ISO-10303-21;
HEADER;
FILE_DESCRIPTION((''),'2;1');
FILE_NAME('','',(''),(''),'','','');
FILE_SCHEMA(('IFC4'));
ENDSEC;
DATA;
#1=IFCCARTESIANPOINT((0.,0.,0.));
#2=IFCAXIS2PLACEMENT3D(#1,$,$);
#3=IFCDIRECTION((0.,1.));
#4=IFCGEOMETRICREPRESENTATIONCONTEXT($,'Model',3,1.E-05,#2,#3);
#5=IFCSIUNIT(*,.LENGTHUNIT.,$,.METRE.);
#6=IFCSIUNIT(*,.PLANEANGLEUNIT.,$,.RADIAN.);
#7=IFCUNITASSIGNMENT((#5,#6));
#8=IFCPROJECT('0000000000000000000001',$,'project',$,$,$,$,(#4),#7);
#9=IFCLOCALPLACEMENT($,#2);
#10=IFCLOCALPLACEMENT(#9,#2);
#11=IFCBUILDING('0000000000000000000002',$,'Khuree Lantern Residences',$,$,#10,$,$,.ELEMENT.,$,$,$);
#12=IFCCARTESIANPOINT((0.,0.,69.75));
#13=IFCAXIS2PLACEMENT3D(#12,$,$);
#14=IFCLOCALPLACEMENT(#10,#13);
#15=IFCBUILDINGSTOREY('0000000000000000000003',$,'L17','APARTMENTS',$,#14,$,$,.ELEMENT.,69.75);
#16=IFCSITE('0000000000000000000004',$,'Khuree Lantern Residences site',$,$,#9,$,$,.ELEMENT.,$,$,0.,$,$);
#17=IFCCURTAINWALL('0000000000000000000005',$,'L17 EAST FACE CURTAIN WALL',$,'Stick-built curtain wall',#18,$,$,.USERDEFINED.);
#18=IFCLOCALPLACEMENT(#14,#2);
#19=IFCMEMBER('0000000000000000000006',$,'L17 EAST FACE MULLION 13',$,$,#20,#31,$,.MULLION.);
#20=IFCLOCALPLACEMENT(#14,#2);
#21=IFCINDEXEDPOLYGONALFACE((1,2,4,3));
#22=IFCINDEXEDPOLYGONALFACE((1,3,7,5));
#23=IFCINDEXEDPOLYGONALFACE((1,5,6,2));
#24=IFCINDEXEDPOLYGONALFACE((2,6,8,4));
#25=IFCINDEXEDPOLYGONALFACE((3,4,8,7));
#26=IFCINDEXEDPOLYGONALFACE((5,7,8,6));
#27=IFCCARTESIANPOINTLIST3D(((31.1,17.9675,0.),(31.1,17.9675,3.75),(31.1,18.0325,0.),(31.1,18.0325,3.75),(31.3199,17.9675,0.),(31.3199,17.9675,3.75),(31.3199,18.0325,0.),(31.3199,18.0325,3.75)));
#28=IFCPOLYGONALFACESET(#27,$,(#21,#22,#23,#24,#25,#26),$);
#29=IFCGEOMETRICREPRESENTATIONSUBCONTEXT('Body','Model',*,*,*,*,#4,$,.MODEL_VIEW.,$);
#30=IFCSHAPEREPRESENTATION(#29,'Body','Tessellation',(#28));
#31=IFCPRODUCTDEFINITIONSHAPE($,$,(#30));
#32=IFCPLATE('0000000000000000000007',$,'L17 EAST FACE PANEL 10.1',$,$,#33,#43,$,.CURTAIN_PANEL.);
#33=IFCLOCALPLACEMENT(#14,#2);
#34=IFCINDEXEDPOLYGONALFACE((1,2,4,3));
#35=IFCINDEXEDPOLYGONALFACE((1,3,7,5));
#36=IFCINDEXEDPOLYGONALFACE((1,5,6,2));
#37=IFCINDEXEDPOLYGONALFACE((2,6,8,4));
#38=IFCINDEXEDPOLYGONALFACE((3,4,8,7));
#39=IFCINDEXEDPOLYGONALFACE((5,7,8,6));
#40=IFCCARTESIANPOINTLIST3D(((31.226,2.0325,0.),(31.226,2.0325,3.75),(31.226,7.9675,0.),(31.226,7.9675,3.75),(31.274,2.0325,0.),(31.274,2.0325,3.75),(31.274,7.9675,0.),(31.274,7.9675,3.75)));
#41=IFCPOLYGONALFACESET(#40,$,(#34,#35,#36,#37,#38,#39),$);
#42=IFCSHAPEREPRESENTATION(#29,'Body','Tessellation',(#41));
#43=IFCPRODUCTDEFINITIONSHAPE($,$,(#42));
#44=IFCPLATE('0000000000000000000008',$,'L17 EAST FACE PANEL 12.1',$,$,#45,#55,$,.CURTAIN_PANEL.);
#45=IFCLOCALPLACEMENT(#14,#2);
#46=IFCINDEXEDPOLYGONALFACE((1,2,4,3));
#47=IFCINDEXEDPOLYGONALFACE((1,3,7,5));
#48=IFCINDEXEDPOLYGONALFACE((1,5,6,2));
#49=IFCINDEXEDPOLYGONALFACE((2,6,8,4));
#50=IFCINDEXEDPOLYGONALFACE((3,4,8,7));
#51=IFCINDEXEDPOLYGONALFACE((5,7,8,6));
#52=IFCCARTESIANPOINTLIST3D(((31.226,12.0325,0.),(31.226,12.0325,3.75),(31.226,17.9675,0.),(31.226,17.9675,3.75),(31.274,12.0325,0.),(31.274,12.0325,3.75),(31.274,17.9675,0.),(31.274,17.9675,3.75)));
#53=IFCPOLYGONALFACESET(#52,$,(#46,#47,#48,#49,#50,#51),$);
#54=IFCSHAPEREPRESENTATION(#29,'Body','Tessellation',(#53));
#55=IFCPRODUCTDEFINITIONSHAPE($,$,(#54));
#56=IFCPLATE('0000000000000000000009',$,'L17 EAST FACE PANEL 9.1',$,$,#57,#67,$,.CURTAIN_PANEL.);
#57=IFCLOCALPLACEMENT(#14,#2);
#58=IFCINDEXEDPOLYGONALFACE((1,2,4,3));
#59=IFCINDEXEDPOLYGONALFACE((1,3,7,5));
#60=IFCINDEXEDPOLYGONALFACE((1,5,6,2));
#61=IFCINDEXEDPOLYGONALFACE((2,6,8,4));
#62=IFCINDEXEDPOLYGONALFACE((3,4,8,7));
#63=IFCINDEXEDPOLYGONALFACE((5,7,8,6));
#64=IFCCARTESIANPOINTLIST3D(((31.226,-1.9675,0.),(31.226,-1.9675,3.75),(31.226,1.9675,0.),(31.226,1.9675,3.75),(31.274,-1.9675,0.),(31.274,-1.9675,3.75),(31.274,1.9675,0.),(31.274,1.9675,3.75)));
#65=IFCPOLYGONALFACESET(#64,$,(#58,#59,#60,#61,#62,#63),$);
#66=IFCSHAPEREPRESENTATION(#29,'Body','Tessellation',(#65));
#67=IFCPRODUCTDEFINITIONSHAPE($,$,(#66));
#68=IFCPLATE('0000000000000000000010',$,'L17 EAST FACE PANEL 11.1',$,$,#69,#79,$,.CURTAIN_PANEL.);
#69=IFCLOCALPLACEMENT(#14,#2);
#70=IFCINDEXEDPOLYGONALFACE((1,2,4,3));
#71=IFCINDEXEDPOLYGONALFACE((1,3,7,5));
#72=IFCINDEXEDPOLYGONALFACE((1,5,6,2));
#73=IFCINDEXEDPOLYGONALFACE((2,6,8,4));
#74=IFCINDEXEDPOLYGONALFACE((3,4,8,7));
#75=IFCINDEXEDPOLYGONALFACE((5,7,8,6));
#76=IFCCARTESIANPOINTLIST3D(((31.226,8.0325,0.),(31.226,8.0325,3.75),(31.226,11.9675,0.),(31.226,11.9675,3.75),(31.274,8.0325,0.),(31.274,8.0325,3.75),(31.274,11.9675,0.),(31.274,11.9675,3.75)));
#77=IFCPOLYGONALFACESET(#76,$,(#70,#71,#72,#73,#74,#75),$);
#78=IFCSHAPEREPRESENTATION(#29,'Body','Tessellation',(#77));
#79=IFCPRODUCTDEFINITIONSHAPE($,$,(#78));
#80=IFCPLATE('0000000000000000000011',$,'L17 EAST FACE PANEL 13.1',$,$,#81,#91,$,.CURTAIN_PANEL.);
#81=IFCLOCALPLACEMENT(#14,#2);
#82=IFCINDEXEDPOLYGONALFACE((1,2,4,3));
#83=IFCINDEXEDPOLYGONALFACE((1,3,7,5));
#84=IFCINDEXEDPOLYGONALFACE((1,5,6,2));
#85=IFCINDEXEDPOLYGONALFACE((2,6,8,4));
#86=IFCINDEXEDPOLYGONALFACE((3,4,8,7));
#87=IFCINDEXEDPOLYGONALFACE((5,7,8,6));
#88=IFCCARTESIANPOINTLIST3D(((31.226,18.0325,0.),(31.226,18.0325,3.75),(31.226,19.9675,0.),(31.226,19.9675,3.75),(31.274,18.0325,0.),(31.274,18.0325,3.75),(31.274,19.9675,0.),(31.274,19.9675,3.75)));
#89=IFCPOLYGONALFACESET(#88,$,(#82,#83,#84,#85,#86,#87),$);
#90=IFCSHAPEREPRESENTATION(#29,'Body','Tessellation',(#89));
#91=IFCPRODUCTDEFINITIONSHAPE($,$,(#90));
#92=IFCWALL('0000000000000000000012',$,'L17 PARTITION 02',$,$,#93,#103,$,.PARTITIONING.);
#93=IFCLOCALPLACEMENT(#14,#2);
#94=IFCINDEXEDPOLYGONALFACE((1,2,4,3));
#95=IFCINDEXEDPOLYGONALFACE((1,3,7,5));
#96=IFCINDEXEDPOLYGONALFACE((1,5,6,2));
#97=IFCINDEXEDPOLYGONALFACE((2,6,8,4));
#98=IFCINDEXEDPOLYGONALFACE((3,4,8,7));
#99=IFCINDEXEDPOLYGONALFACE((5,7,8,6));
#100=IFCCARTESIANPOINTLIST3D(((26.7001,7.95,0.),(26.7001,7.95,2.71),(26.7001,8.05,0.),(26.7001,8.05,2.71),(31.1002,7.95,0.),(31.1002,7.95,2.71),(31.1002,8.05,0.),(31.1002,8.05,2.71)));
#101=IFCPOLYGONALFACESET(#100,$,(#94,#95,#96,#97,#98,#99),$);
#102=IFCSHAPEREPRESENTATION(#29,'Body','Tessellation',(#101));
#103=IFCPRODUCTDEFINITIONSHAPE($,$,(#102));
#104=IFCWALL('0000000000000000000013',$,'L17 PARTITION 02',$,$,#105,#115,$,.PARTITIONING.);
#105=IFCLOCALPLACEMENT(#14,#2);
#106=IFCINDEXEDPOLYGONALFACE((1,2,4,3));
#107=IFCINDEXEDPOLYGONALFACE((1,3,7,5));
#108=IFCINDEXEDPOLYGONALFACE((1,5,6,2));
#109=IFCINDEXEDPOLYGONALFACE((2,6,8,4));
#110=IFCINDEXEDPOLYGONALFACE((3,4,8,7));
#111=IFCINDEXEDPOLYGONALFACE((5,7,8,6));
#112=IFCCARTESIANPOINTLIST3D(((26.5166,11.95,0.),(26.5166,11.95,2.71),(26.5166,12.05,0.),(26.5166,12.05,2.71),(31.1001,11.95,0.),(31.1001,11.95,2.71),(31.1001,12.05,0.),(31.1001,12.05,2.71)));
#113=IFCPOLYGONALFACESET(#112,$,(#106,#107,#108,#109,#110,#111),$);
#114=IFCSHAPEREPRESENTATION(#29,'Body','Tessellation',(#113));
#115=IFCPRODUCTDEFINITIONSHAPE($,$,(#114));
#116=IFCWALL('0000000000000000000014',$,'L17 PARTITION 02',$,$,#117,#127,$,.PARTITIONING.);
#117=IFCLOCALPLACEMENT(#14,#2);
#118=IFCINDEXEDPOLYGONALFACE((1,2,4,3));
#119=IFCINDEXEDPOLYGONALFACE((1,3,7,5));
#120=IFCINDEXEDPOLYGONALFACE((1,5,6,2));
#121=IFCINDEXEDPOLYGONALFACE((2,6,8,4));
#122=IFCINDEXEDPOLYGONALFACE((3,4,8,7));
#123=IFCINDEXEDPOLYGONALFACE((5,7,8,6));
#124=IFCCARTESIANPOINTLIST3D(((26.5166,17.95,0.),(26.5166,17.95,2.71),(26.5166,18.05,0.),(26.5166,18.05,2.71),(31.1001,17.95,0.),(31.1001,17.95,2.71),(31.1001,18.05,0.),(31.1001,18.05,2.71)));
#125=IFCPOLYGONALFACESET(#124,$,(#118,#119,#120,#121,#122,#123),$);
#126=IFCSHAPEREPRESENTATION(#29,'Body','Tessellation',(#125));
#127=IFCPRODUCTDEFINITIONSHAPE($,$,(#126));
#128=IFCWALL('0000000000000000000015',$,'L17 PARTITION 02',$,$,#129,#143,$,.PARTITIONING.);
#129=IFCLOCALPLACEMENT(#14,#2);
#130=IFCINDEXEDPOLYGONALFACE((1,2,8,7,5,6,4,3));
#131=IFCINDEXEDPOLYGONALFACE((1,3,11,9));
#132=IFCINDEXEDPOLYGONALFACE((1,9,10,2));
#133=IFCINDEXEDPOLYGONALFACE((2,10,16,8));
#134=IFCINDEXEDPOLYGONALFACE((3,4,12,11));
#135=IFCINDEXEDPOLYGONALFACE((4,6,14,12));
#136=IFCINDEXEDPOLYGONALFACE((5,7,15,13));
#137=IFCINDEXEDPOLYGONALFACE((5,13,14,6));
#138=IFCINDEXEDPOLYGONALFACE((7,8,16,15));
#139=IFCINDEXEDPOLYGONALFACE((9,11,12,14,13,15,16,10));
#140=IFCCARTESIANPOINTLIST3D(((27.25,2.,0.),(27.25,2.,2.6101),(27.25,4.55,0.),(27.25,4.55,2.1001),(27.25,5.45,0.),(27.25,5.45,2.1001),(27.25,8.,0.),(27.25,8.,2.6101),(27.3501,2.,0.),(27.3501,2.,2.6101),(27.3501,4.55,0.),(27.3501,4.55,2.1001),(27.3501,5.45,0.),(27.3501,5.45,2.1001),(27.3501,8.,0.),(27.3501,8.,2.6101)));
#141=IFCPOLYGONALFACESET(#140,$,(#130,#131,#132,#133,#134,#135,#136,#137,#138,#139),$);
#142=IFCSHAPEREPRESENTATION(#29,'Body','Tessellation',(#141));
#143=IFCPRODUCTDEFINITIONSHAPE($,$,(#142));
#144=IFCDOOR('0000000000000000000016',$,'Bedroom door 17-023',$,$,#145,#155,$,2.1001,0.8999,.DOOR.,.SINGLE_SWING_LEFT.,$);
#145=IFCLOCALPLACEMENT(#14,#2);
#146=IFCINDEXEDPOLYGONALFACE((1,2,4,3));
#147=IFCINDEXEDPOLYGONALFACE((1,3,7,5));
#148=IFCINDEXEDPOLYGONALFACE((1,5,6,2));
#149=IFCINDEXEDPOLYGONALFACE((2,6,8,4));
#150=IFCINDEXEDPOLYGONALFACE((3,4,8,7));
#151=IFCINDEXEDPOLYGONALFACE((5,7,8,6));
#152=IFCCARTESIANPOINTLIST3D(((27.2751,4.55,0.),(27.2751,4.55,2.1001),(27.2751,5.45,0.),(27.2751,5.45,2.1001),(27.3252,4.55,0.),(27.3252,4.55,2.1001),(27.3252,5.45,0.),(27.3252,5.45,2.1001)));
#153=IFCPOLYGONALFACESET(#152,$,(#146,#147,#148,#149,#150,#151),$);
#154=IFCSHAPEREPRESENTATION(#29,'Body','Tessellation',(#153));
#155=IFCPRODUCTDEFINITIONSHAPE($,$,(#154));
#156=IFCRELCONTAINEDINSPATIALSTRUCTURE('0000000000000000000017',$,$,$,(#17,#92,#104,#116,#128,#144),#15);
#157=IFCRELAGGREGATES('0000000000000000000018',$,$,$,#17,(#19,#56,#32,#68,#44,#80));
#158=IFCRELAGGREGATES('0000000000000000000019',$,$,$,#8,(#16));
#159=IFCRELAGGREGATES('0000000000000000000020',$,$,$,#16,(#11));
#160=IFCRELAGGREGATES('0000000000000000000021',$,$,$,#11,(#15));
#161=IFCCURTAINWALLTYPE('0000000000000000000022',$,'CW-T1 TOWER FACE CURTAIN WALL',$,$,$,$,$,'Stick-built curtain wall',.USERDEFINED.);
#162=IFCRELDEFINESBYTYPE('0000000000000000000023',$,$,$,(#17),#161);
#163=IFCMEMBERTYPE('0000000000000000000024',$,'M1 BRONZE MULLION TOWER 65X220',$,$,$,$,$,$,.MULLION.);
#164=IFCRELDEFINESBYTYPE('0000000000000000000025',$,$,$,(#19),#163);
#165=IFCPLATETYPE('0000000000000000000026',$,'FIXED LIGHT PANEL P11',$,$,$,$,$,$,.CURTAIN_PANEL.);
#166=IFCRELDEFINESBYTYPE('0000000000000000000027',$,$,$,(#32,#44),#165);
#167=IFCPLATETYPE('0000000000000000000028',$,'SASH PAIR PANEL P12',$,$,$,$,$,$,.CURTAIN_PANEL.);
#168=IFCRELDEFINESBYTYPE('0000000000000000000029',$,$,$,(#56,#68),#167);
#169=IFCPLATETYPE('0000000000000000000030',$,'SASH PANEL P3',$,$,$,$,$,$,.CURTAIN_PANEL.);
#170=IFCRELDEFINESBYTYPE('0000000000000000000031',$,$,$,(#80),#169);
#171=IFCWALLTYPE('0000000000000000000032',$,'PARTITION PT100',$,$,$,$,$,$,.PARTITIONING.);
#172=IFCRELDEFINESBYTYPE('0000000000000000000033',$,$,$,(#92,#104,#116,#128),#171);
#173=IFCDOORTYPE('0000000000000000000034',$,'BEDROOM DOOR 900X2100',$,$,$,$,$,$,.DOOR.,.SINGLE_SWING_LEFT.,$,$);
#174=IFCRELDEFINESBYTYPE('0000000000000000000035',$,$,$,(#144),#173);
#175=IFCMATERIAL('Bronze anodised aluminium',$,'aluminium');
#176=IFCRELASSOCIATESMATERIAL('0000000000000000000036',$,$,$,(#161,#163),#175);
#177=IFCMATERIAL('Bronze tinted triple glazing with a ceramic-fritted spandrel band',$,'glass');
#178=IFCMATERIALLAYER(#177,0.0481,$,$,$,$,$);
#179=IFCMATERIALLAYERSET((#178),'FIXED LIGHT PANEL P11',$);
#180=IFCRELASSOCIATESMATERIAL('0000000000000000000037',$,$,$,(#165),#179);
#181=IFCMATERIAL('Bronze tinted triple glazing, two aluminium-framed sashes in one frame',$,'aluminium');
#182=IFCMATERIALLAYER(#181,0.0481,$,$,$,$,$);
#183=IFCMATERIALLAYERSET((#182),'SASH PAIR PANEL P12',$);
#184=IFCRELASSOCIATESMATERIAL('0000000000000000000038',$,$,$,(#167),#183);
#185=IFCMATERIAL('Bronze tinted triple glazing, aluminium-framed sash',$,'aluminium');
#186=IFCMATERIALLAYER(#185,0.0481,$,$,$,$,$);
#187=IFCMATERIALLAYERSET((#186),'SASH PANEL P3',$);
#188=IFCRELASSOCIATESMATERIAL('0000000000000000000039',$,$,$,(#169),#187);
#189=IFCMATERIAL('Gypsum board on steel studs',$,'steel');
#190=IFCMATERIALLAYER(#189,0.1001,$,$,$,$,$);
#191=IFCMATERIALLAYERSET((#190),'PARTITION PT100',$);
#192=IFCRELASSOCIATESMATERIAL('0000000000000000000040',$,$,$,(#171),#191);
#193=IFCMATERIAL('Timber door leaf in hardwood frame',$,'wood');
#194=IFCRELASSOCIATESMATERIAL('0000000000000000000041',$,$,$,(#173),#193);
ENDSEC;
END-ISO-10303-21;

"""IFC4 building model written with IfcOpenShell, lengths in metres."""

from ifc_helpers import new_model, si_unit, direction, frame, frame_2d, origin, origin_2d, place, context, subcontext, project, spatial, rectangle, extrude, material, layer, layer_set, material_profile, profile_set, type_object, element, fill, aggregate, save


model = new_model("IFC4")

# Units and contexts
model_context = context("Model", 3, precision=1e-05, world=origin(), true_north=direction((0.0, 1.0)))
body_context = subcontext(model_context, "Body", "Model", "MODEL_VIEW")
ifc_project = project(units=[si_unit("LENGTHUNIT", "METRE"), si_unit("PLANEANGLEUNIT", "RADIAN")], contexts=[model_context])

# Site, building, storey
site_placement = place(None, origin())
site = spatial("IfcSite", under=ifc_project, at=site_placement, Name="Khuree Lantern Residences site", CompositionType="ELEMENT", RefElevation=0.0)
building_placement = place(site_placement, origin())
building = spatial("IfcBuilding", under=site, at=building_placement, Name="Khuree Lantern Residences", CompositionType="ELEMENT")
storey_placement = place(building_placement, frame((0.0, 0.0, 69.75)))
storey = spatial("IfcBuildingStorey", under=building, at=storey_placement, Name="L17", Description="APARTMENTS", CompositionType="ELEMENT", Elevation=69.75)

# Curtain wall
ifc_material_1 = material(Name="Bronze anodised aluminium", Category="aluminium")
curtain_wall_type = type_object("IfcCurtainWallType", Name="CW-T1 TOWER FACE CURTAIN WALL", ElementType="Stick-built curtain wall", PredefinedType="USERDEFINED", material=ifc_material_1)
curtain_wall_placement = place(storey_placement, origin())
curtain_wall = element("IfcCurtainWall", 1, at=curtain_wall_placement, inside=storey, type_object=curtain_wall_type, Name="L17 EAST FACE CURTAIN WALL", ObjectType="Stick-built curtain wall", PredefinedType="USERDEFINED")

# Member
ifc_material_profile_1 = material_profile(ifc_material_1, rectangle(XDim=0.0649, YDim=0.22, at=origin_2d()), Name="M1 65X220")
ifc_profile_set_1 = profile_set([ifc_material_profile_1], Name="Bronze anodised aluminium")
member_type_1 = type_object("IfcMemberType", Name="M1 BRONZE MULLION TOWER 65X220", PredefinedType="MULLION", material=ifc_profile_set_1)
member_1_placement = place(storey_placement, frame((31.21, 18.0, 0.0), z_axis=(0.0, 0.0, 1.0), x_axis=(0.0, 1.0, 0.0)))
member_1 = element("IfcMember", 2, at=member_1_placement, type_object=member_type_1, Name="L17 EAST FACE MULLION 13", PredefinedType="MULLION", context=body_context, shape_type="SweptSolid", body=[
    extrude(rectangle(XDim=0.0649, YDim=0.22, at=origin_2d()), origin(), (0.0, 0.0, 1.0), 3.75),
])

# Plates
ifc_material_2 = material(Name="Bronze tinted triple glazing with a ceramic-fritted spandrel band", Category="glass")
ifc_layer_1 = layer(ifc_material_2, 0.0481)
ifc_layer_set_1 = layer_set([ifc_layer_1], Name="FIXED LIGHT PANEL P11")
plate_type_1 = type_object("IfcPlateType", Name="FIXED LIGHT PANEL P11", PredefinedType="CURTAIN_PANEL", material=ifc_layer_set_1)
plate_1_placement = place(storey_placement, frame((31.25, 5.0, 0.0), z_axis=(0.0, 0.0, 1.0), x_axis=(0.0, 1.0, 0.0)))
plate_1 = element("IfcPlate", 3, at=plate_1_placement, type_object=plate_type_1, Name="L17 EAST FACE PANEL 10.1", PredefinedType="CURTAIN_PANEL", context=body_context, shape_type="SweptSolid", body=[
    extrude(rectangle(XDim=5.9351, YDim=0.0481, at=origin_2d()), origin(), (0.0, 0.0, 1.0), 3.75),
])
plate_2_placement = place(storey_placement, frame((31.25, 15.0, 0.0), z_axis=(0.0, 0.0, 1.0), x_axis=(0.0, 1.0, 0.0)))
plate_2 = element("IfcPlate", 4, at=plate_2_placement, type_object=plate_type_1, Name="L17 EAST FACE PANEL 12.1", PredefinedType="CURTAIN_PANEL", context=body_context, shape_type="SweptSolid", body=[
    extrude(rectangle(XDim=5.9351, YDim=0.0481, at=origin_2d()), origin(), (0.0, 0.0, 1.0), 3.75),
])
ifc_material_3 = material(Name="Bronze tinted triple glazing, two aluminium-framed sashes in one frame", Category="aluminium")
ifc_layer_2 = layer(ifc_material_3, 0.0481)
ifc_layer_set_2 = layer_set([ifc_layer_2], Name="SASH PAIR PANEL P12")
plate_type_2 = type_object("IfcPlateType", Name="SASH PAIR PANEL P12", PredefinedType="CURTAIN_PANEL", material=ifc_layer_set_2)
plate_3_placement = place(storey_placement, frame((31.25, 0.0, 0.0), z_axis=(0.0, 0.0, 1.0), x_axis=(0.0, 1.0, 0.0)))
plate_3 = element("IfcPlate", 5, at=plate_3_placement, type_object=plate_type_2, Name="L17 EAST FACE PANEL 9.1", PredefinedType="CURTAIN_PANEL", context=body_context, shape_type="SweptSolid", body=[
    extrude(rectangle(XDim=3.9351, YDim=0.0481, at=origin_2d()), origin(), (0.0, 0.0, 1.0), 3.75),
])
plate_4_placement = place(storey_placement, frame((31.25, 10.0, 0.0), z_axis=(0.0, 0.0, 1.0), x_axis=(0.0, 1.0, 0.0)))
plate_4 = element("IfcPlate", 6, at=plate_4_placement, type_object=plate_type_2, Name="L17 EAST FACE PANEL 11.1", PredefinedType="CURTAIN_PANEL", context=body_context, shape_type="SweptSolid", body=[
    extrude(rectangle(XDim=3.9351, YDim=0.0481, at=origin_2d()), origin(), (0.0, 0.0, 1.0), 3.75),
])
ifc_material_4 = material(Name="Bronze tinted triple glazing, aluminium-framed sash", Category="aluminium")
ifc_layer_3 = layer(ifc_material_4, 0.0481)
ifc_layer_set_3 = layer_set([ifc_layer_3], Name="SASH PANEL P3")
plate_type_3 = type_object("IfcPlateType", Name="SASH PANEL P3", PredefinedType="CURTAIN_PANEL", material=ifc_layer_set_3)
plate_5_placement = place(storey_placement, frame((31.25, 19.0, 0.0), z_axis=(0.0, 0.0, 1.0), x_axis=(0.0, 1.0, 0.0)))
plate_5 = element("IfcPlate", 7, at=plate_5_placement, type_object=plate_type_3, Name="L17 EAST FACE PANEL 13.1", PredefinedType="CURTAIN_PANEL", context=body_context, shape_type="SweptSolid", body=[
    extrude(rectangle(XDim=1.9351, YDim=0.0481, at=origin_2d()), origin(), (0.0, 0.0, 1.0), 3.75),
])
aggregate(curtain_wall, [member_1, plate_3, plate_1, plate_4, plate_2, plate_5])

# Walls
ifc_material_5 = material(Name="Gypsum board on steel studs", Category="steel")
ifc_layer_4 = layer(ifc_material_5, 0.1001)
ifc_layer_set_4 = layer_set([ifc_layer_4], Name="PARTITION PT100")
wall_type = type_object("IfcWallType", Name="PARTITION PT100", PredefinedType="PARTITIONING", material=ifc_layer_set_4)
wall_1_placement = place(storey_placement, frame((26.7, 8.0, 0.0), z_axis=(0.0, 0.0, 1.0), x_axis=(1.0, 0.0, 0.0)))
element("IfcWall", 8, at=wall_1_placement, inside=storey, type_object=wall_type, Name="L17 PARTITION 02", PredefinedType="PARTITIONING", context=body_context, shape_type="SweptSolid", body=[
    extrude(rectangle(XDim=4.4001, YDim=0.1001, at=frame_2d((2.2002, 0.0))), origin(), (0.0, 0.0, 1.0), 2.71),
])
for number, where, z_axis, x_axis, name in (
    (9, (26.5166, 12.0, 0.0), (0.0, 0.0, 1.0), (1.0, 0.0, 0.0), "L17 PARTITION 02"),
    (10, (26.5166, 18.0, 0.0), (0.0, 0.0, 1.0), (1.0, 0.0, 0.0), "L17 PARTITION 02"),
):
    element("IfcWall", number, at=place(storey_placement, frame(where, z_axis=z_axis, x_axis=x_axis)), inside=storey, type_object=wall_type, Name=name, PredefinedType="PARTITIONING", context=body_context, shape_type="SweptSolid", body=[
        extrude(rectangle(XDim=4.5835, YDim=0.1001, at=frame_2d((2.2917, 0.0))), origin(), (0.0, 0.0, 1.0), 2.71),
    ])

# Wall, opening, door
wall_2_placement = place(storey_placement, frame((27.3, 2.0, 0.0), z_axis=(0.0, 0.0, 1.0), x_axis=(0.0, 1.0, 0.0)))
wall_2 = element("IfcWall", 11, at=wall_2_placement, inside=storey, type_object=wall_type, Name="L17 PARTITION 02", PredefinedType="PARTITIONING", context=body_context, shape_type="SweptSolid", body=[
    extrude(rectangle(XDim=6.0, YDim=0.1001, at=frame_2d((3.0, 0.0))), origin(), (0.0, 0.0, 1.0), 2.6101),
])
opening_1_placement = place(wall_2_placement, frame((2.55, 0.0, 0.0)))
opening_1 = element("IfcOpeningElement", 12, at=opening_1_placement, cuts=wall_2, PredefinedType="OPENING", context=body_context, shape_type="SweptSolid", body=[
    extrude(rectangle(XDim=0.8999, YDim=2.1001, at=frame_2d((0.45, 1.05))), frame((0.0, 0.0601, 0.0), z_axis=(0.0, -1.0, 0.0), x_axis=(1.0, 0.0, 0.0)), (0.0, 0.0, 1.0), 0.1201),
])
ifc_material_6 = material(Name="Timber door leaf in hardwood frame", Category="wood")
door_type_1 = type_object("IfcDoorType", Name="BEDROOM DOOR 900X2100", OperationType="SINGLE_SWING_LEFT", PredefinedType="DOOR", material=ifc_material_6)
door_1_placement = place(opening_1_placement, origin())
door_1 = element("IfcDoor", 13, at=door_1_placement, inside=storey, type_object=door_type_1, Name="Bedroom door 17-023", OperationType="SINGLE_SWING_LEFT", OverallHeight=2.1001, OverallWidth=0.8999, PredefinedType="DOOR", context=body_context, shape_type="SweptSolid", body=[
    extrude(rectangle(XDim=0.8999, YDim=2.1001, at=frame_2d((0.45, 1.05))), frame((0.0, 0.0249, 0.0), z_axis=(0.0, -1.0, 0.0), x_axis=(1.0, 0.0, 0.0)), (0.0, 0.0, 1.0), 0.05),
])
fill(opening_1, door_1)

save(model, "model.ifc")
